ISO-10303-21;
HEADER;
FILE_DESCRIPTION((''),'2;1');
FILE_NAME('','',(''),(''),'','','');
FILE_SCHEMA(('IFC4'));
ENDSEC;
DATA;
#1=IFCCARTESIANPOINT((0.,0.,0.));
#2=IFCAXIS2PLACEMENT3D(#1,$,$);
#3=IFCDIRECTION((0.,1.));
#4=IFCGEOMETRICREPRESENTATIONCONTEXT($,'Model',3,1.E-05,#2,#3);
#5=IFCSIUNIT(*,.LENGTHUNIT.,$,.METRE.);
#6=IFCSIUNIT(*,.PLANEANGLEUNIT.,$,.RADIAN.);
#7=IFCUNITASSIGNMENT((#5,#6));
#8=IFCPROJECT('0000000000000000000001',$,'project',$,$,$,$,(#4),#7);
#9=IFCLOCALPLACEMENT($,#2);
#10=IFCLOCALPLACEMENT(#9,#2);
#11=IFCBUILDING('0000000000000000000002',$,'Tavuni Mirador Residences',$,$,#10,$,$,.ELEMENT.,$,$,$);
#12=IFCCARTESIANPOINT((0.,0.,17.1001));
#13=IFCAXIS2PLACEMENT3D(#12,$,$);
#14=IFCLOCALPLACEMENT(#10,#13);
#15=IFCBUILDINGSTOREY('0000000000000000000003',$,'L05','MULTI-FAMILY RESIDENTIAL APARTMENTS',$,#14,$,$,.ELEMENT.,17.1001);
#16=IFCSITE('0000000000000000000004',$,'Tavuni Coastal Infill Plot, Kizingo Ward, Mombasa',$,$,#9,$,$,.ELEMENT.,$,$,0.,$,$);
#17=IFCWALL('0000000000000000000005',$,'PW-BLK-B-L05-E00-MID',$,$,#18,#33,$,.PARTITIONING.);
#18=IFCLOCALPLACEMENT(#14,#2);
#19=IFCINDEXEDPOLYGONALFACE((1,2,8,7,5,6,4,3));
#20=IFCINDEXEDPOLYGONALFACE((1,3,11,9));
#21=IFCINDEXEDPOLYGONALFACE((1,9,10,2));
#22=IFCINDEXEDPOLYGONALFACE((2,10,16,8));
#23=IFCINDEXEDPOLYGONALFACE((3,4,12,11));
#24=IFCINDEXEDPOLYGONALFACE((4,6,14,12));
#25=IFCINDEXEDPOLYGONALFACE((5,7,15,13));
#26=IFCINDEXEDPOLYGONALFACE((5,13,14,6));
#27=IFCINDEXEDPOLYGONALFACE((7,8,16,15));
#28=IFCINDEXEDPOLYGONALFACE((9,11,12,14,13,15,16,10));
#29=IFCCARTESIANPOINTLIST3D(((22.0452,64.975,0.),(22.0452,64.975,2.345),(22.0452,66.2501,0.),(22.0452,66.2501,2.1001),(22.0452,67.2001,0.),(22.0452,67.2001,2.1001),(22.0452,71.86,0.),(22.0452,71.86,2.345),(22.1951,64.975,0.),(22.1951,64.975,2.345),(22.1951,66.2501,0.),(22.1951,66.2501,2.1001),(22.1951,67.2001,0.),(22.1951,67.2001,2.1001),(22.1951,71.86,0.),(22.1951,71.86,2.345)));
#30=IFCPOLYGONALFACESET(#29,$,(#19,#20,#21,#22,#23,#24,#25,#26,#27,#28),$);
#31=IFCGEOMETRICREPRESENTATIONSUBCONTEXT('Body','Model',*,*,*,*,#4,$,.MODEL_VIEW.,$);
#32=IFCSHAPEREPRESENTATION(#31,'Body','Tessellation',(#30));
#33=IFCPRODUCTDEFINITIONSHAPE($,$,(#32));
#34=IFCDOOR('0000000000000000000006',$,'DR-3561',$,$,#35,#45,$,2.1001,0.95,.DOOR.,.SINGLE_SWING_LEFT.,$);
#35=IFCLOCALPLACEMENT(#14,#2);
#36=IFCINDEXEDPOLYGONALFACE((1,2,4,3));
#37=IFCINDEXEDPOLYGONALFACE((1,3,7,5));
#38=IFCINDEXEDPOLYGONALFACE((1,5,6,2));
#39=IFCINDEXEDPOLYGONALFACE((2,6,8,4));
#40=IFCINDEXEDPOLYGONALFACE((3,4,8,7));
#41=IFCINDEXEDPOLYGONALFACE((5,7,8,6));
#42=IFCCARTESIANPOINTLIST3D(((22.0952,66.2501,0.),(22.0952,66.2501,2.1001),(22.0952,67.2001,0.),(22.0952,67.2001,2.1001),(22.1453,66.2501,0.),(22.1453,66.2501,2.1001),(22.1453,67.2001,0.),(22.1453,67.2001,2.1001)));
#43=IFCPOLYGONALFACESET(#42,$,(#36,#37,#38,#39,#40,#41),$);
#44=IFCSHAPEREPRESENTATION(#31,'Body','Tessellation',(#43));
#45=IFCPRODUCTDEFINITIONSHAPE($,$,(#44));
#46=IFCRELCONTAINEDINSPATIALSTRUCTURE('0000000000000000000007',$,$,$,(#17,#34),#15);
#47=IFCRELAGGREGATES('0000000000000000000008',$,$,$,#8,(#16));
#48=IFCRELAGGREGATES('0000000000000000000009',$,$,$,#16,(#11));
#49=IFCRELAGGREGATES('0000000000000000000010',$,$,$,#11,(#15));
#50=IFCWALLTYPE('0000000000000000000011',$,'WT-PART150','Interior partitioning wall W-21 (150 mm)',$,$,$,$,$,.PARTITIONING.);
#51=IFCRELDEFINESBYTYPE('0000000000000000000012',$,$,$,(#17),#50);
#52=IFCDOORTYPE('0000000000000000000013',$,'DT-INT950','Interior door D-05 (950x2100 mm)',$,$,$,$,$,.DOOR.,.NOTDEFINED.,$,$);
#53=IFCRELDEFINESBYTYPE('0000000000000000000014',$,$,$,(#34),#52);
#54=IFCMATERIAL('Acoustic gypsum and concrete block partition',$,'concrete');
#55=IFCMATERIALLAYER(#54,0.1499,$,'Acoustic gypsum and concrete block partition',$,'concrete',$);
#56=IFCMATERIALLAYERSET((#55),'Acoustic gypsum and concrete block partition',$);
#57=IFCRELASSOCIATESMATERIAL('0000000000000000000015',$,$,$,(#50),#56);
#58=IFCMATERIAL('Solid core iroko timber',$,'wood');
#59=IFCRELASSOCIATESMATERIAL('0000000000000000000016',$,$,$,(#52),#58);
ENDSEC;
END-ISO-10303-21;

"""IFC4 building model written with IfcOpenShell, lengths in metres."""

from ifc_helpers import new_model, si_unit, direction, frame, frame_2d, origin, place, context, subcontext, project, spatial, rectangle, extrude, material, layer, layer_set, type_object, element, fill, save


model = new_model("IFC4")

# Units and contexts
model_context = context("Model", 3, precision=1e-05, world=origin(), true_north=direction((0.0, 1.0)))
body_context = subcontext(model_context, "Body", "Model", "MODEL_VIEW")
ifc_project = project(units=[si_unit("LENGTHUNIT", "METRE"), si_unit("PLANEANGLEUNIT", "RADIAN")], contexts=[model_context])

# Site, building, storey
site_placement = place(None, origin())
site = spatial("IfcSite", under=ifc_project, at=site_placement, Name="Tavuni Coastal Infill Plot, Kizingo Ward, Mombasa", CompositionType="ELEMENT", RefElevation=0.0)
building_placement = place(site_placement, origin())
building = spatial("IfcBuilding", under=site, at=building_placement, Name="Tavuni Mirador Residences", CompositionType="ELEMENT")
storey_placement = place(building_placement, frame((0.0, 0.0, 17.1001)))
storey = spatial("IfcBuildingStorey", under=building, at=storey_placement, Name="L05", Description="MULTI-FAMILY RESIDENTIAL APARTMENTS", CompositionType="ELEMENT", Elevation=17.1001)

# Wall, opening, door
ifc_material_1 = material(Name="Solid core iroko timber", Category="wood")
ifc_material_2 = material(Name="Acoustic gypsum and concrete block partition", Category="concrete")
ifc_layer_1 = layer(ifc_material_2, 0.1499, Name="Acoustic gypsum and concrete block partition", Category="concrete")
ifc_layer_set_1 = layer_set([ifc_layer_1], Name="Acoustic gypsum and concrete block partition")
wall_type_1 = type_object("IfcWallType", Name="WT-PART150", Description="Interior partitioning wall W-21 (150 mm)", PredefinedType="PARTITIONING", material=ifc_layer_set_1)
wall_1_placement = place(storey_placement, frame((22.1201, 64.9751, 0.0), z_axis=(0.0, 0.0, 1.0), x_axis=(0.0, 1.0, 0.0)))
wall_1 = element("IfcWall", 1, at=wall_1_placement, inside=storey, type_object=wall_type_1, Name="PW-BLK-B-L05-E00-MID", PredefinedType="PARTITIONING", context=body_context, shape_type="SweptSolid", body=[
    extrude(rectangle(XDim=6.885, YDim=0.1499, at=frame_2d((3.4424, 0.0))), origin(), (0.0, 0.0, 1.0), 2.345),
])
opening_1_placement = place(wall_1_placement, frame((1.2749, 0.0, 0.0)))
opening_1 = element("IfcOpeningElement", 2, at=opening_1_placement, cuts=wall_1, PredefinedType="OPENING", context=body_context, shape_type="SweptSolid", body=[
    extrude(rectangle(XDim=0.95, YDim=2.1001, at=frame_2d((0.4751, 1.05))), frame((0.0, 0.085, 0.0), z_axis=(0.0, -1.0, 0.0), x_axis=(1.0, 0.0, 0.0)), (0.0, 0.0, 1.0), 0.1699),
])
door_type_1 = type_object("IfcDoorType", Name="DT-INT950", Description="Interior door D-05 (950x2100 mm)", OperationType="NOTDEFINED", PredefinedType="DOOR", material=ifc_material_1)
door_1_placement = place(opening_1_placement, origin())
door_1 = element("IfcDoor", 3, at=door_1_placement, inside=storey, type_object=door_type_1, Name="DR-3561", OperationType="SINGLE_SWING_LEFT", OverallHeight=2.1001, OverallWidth=0.95, PredefinedType="DOOR", context=body_context, shape_type="SweptSolid", body=[
    extrude(rectangle(XDim=0.95, YDim=2.1001, at=frame_2d((0.4751, 1.05))), frame((0.0, 0.0249, 0.0), z_axis=(0.0, -1.0, 0.0), x_axis=(1.0, 0.0, 0.0)), (0.0, 0.0, 1.0), 0.05),
])
fill(opening_1, door_1)

save(model, "model.ifc")
